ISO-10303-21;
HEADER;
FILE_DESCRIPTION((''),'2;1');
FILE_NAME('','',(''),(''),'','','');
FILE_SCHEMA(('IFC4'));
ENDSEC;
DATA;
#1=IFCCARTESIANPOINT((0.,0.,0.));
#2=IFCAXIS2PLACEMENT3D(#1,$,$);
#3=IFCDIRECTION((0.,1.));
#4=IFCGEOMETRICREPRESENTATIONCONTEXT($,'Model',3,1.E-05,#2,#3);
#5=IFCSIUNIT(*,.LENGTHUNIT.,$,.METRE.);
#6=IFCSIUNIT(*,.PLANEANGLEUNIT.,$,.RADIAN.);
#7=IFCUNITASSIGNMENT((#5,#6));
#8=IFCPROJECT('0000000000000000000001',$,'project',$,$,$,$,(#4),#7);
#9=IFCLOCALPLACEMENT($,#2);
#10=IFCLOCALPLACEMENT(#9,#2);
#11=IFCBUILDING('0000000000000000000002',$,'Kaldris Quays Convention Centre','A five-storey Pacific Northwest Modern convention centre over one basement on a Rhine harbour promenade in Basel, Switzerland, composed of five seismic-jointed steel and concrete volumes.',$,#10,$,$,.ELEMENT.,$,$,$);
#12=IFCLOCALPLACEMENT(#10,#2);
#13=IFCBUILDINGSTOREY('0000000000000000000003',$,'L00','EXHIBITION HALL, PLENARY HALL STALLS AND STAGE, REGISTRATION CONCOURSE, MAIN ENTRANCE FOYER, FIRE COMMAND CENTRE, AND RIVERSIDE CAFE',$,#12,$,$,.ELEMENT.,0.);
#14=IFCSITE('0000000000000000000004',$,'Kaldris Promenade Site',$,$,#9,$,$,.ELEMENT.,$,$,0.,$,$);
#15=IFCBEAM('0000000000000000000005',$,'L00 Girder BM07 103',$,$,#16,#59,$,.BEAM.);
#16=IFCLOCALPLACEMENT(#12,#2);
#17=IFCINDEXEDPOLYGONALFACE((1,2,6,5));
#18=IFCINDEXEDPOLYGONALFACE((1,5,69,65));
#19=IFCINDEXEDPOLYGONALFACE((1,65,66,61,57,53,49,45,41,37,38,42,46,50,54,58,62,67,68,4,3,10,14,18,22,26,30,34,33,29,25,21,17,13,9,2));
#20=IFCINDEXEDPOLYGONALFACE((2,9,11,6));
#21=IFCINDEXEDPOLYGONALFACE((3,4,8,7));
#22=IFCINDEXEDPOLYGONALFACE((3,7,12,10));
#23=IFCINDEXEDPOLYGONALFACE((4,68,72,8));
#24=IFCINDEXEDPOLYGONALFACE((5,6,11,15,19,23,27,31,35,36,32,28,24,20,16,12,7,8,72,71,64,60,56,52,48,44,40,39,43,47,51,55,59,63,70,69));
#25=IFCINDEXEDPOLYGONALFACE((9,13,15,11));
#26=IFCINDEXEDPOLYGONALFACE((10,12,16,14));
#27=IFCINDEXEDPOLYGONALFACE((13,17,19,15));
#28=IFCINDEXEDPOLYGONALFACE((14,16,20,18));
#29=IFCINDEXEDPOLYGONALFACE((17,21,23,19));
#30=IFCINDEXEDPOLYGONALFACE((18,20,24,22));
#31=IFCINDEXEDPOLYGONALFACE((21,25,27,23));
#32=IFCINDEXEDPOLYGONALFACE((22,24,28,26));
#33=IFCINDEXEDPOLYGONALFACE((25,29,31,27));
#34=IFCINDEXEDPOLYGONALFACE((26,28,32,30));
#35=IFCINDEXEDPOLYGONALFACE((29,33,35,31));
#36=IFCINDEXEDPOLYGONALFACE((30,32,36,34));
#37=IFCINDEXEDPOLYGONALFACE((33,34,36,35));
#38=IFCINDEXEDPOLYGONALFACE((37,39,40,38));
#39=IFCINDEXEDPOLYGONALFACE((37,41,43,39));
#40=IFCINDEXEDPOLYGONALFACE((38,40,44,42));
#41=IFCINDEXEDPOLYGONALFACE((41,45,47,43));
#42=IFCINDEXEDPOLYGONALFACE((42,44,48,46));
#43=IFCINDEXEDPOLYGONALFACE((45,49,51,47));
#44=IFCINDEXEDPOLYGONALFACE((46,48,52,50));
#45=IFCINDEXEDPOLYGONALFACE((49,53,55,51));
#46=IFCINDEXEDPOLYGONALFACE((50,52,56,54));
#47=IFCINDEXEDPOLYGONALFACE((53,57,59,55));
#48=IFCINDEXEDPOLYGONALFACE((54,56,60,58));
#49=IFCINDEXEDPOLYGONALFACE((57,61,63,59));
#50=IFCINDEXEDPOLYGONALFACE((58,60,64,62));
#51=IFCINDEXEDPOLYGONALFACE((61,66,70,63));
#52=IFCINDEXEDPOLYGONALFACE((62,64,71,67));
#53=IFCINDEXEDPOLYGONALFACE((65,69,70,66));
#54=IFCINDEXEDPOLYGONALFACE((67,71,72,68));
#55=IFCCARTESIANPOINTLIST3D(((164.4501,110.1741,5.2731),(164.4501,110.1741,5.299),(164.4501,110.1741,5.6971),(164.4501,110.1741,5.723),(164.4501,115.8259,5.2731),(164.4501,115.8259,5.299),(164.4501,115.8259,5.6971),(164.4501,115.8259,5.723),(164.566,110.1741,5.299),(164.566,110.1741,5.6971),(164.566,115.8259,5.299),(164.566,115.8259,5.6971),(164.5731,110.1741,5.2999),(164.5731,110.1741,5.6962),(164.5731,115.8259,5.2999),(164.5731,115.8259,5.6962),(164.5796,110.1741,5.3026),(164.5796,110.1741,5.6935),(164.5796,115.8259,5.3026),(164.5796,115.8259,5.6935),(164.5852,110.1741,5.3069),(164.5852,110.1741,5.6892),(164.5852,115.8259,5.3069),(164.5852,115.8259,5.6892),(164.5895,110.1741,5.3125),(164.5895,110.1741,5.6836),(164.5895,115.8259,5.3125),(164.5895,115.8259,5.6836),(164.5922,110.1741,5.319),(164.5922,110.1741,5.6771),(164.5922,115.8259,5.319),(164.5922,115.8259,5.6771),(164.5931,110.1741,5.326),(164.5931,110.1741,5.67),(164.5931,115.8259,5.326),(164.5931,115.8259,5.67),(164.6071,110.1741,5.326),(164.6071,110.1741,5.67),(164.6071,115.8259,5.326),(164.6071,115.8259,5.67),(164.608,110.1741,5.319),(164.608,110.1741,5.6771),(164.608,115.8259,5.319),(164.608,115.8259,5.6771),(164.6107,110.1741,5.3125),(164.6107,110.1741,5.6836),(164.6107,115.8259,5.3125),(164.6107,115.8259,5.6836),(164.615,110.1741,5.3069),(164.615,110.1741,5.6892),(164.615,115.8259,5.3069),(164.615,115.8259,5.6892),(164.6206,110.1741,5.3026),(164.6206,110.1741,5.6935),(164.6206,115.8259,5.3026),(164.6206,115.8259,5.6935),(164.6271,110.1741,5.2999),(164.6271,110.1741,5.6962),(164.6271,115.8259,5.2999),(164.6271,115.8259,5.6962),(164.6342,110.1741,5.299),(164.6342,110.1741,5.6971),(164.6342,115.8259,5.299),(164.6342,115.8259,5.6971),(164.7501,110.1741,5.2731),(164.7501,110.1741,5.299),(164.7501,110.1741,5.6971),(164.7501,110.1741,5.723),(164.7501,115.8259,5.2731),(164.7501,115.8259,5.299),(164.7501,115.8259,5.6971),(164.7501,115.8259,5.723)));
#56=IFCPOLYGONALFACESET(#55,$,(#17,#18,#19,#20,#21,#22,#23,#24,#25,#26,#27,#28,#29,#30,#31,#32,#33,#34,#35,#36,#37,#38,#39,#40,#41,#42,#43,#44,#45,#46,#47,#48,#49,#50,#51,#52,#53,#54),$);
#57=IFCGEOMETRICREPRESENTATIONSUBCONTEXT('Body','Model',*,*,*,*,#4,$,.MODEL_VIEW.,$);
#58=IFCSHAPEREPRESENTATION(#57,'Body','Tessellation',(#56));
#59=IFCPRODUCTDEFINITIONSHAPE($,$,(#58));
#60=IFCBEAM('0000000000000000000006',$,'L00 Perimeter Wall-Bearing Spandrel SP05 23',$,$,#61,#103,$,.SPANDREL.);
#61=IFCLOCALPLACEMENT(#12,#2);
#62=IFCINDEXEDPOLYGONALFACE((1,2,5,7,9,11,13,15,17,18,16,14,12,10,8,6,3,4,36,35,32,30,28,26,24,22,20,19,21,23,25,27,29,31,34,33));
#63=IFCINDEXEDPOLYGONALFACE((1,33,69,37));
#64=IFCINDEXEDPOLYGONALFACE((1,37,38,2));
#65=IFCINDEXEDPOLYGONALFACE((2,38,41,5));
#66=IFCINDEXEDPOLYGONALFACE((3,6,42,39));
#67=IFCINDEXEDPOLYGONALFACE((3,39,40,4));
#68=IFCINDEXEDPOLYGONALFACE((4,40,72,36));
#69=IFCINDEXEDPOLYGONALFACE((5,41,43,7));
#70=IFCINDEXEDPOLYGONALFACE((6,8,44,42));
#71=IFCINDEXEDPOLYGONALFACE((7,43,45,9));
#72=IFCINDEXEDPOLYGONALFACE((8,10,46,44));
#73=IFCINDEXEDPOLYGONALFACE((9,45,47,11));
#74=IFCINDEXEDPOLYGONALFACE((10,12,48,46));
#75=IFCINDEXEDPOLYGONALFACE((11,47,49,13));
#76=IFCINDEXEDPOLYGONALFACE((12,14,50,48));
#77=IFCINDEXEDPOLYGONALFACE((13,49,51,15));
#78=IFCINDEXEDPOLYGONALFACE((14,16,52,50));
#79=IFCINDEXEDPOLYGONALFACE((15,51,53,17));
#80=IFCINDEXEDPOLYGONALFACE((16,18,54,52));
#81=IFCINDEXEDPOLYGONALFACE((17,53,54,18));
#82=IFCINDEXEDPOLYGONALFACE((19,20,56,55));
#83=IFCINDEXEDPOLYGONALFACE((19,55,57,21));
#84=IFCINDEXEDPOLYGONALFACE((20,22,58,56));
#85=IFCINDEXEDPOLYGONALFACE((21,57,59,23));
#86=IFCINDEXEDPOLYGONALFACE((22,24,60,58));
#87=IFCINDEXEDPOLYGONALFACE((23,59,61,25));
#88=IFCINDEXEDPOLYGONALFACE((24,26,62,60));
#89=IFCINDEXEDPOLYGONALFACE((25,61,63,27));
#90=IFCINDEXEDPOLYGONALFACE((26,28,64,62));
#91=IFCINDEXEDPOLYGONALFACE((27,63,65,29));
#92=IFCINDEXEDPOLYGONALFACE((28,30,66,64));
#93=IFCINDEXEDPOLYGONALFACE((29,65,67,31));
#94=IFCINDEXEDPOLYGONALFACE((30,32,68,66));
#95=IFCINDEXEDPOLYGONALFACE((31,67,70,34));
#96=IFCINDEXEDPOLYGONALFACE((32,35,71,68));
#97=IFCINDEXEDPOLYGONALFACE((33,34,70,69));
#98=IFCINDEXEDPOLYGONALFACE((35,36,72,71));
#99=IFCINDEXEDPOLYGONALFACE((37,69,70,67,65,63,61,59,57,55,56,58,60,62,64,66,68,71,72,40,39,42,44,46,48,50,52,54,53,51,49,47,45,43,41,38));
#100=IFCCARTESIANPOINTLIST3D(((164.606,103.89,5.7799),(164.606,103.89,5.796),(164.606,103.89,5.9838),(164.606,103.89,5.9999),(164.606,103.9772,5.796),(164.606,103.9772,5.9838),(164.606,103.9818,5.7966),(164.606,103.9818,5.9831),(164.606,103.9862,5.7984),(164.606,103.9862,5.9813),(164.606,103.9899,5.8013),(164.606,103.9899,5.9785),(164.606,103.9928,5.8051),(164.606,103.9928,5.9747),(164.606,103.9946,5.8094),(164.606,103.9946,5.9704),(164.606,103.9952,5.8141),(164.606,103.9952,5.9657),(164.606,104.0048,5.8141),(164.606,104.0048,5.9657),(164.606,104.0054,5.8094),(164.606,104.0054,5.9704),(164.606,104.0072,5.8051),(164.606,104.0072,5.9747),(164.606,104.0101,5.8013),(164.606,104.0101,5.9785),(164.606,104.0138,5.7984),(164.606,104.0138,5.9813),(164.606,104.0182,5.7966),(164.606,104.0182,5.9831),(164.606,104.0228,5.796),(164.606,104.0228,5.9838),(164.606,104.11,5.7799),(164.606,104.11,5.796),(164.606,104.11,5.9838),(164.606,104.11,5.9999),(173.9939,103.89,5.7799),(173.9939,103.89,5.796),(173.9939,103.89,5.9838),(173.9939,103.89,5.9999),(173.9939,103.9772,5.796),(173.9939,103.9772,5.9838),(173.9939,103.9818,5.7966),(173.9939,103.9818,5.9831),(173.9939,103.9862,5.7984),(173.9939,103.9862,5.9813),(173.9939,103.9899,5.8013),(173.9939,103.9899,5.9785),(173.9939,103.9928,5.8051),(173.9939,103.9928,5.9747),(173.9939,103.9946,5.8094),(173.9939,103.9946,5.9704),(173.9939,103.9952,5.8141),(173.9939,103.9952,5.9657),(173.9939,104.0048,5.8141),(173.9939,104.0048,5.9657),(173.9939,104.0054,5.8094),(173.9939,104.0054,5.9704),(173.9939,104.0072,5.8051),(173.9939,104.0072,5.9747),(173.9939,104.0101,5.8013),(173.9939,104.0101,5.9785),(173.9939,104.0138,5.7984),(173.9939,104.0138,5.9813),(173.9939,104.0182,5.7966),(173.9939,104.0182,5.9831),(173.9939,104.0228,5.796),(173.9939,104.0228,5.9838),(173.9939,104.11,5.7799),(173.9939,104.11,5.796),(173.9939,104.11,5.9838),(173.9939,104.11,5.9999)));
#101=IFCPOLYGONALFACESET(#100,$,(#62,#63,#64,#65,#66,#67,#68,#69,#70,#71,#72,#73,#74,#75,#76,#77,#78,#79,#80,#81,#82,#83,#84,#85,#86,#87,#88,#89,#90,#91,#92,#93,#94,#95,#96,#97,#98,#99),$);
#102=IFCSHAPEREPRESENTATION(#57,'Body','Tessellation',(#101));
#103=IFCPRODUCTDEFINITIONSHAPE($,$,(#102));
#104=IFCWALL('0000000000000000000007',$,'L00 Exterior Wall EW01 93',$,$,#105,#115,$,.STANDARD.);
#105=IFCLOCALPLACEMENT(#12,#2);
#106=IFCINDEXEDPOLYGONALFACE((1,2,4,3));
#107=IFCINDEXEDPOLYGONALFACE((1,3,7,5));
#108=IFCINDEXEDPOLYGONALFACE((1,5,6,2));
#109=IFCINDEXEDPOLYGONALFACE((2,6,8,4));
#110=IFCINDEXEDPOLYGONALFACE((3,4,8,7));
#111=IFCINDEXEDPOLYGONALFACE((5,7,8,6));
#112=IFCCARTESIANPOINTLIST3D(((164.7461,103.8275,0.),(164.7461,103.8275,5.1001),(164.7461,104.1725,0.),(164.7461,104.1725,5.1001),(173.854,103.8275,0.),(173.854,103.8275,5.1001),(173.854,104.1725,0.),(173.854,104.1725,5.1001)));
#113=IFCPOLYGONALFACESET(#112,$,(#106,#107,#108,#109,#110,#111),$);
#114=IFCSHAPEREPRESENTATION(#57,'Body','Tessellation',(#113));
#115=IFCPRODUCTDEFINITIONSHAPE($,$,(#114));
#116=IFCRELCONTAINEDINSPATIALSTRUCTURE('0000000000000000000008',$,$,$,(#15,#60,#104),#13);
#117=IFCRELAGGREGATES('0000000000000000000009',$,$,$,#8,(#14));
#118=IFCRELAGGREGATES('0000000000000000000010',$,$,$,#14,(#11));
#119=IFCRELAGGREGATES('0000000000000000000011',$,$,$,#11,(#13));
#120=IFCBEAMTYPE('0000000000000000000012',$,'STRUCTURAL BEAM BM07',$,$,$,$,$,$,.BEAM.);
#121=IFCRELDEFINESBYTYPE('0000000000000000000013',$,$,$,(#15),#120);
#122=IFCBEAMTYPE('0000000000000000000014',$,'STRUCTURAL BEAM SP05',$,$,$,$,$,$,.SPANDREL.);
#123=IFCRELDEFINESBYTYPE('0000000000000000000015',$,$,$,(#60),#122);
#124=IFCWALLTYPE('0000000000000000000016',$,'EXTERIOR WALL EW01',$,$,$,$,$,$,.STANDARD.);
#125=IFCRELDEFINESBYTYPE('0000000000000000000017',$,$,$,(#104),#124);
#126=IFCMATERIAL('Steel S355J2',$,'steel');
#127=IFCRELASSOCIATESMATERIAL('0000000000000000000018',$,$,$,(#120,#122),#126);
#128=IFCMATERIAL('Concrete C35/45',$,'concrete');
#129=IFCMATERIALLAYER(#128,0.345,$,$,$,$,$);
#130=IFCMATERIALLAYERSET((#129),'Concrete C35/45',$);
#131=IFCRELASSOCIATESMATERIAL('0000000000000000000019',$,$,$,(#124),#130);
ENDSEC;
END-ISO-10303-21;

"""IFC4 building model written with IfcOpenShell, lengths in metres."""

from ifc_helpers import new_model, si_unit, direction, frame, frame_2d, origin, origin_2d, place, context, subcontext, project, spatial, rectangle, i_section, extrude, material, layer, layer_set, material_profile, profile_set, type_object, element, save


model = new_model("IFC4")

# Units and contexts
model_context = context("Model", 3, precision=1e-05, world=origin(), true_north=direction((0.0, 1.0)))
body_context = subcontext(model_context, "Body", "Model", "MODEL_VIEW")
ifc_project = project(units=[si_unit("LENGTHUNIT", "METRE"), si_unit("PLANEANGLEUNIT", "RADIAN")], contexts=[model_context])

# Site, building, storey
site_placement = place(None, origin())
site = spatial("IfcSite", under=ifc_project, at=site_placement, Name="Kaldris Promenade Site", CompositionType="ELEMENT", RefElevation=0.0)
building_placement = place(site_placement, origin())
building = spatial("IfcBuilding", under=site, at=building_placement, Name="Kaldris Quays Convention Centre", Description="A five-storey Pacific Northwest Modern convention centre over one basement on a Rhine harbour promenade in Basel, Switzerland, composed of five seismic-jointed steel and concrete volumes.", CompositionType="ELEMENT")
storey_placement = place(building_placement, origin())
storey = spatial("IfcBuildingStorey", under=building, at=storey_placement, Name="L00", Description="EXHIBITION HALL, PLENARY HALL STALLS AND STAGE, REGISTRATION CONCOURSE, MAIN ENTRANCE FOYER, FIRE COMMAND CENTRE, AND RIVERSIDE CAFE", CompositionType="ELEMENT", Elevation=0.0)

# Shared definitions
ifc_material_1 = material(Name="Steel S355J2", Category="steel")

# Beams
ifc_material_profile_1 = material_profile(ifc_material_1, i_section(OverallWidth=0.3, OverallDepth=0.45, WebThickness=0.0139, FlangeThickness=0.0259, FilletRadius=0.0271, at=origin_2d()), Name="HEB 450")
ifc_profile_set_1 = profile_set([ifc_material_profile_1], Name="Steel S355J2")
beam_type_1 = type_object("IfcBeamType", Name="STRUCTURAL BEAM BM07", PredefinedType="BEAM", material=ifc_profile_set_1)
beam_1_placement = place(storey_placement, frame((164.6001, 110.1741, 5.498), z_axis=(0.0, 1.0, 0.0), x_axis=(-1.0, 0.0, 0.0)))
element("IfcBeam", 1, at=beam_1_placement, inside=storey, type_object=beam_type_1, Name="L00 Girder BM07 103", PredefinedType="BEAM", context=body_context, shape_type="SweptSolid", body=[
    extrude(i_section(OverallWidth=0.3, OverallDepth=0.45, WebThickness=0.0139, FlangeThickness=0.0259, FilletRadius=0.0271, at=origin_2d()), origin(), (0.0, 0.0, 1.0), 5.6519),
])
ifc_material_profile_2 = material_profile(ifc_material_1, i_section(OverallWidth=0.22, OverallDepth=0.22, WebThickness=0.0095, FlangeThickness=0.0161, FilletRadius=0.0181, at=origin_2d()), Name="HEB 220")
ifc_profile_set_2 = profile_set([ifc_material_profile_2], Name="Steel S355J2")
beam_type_2 = type_object("IfcBeamType", Name="STRUCTURAL BEAM SP05", PredefinedType="SPANDREL", material=ifc_profile_set_2)
beam_2_placement = place(storey_placement, frame((164.606, 104.0, 5.8899), z_axis=(1.0, 0.0, 0.0), x_axis=(0.0, 1.0, 0.0)))
element("IfcBeam", 2, at=beam_2_placement, inside=storey, type_object=beam_type_2, Name="L00 Perimeter Wall-Bearing Spandrel SP05 23", PredefinedType="SPANDREL", context=body_context, shape_type="SweptSolid", body=[
    extrude(i_section(OverallWidth=0.22, OverallDepth=0.22, WebThickness=0.0095, FlangeThickness=0.0161, FilletRadius=0.0181, at=origin_2d()), origin(), (0.0, 0.0, 1.0), 9.3879),
])

# Wall
ifc_material_2 = material(Name="Concrete C35/45", Category="concrete")
ifc_layer = layer(ifc_material_2, 0.345)
ifc_layer_set = layer_set([ifc_layer], Name="Concrete C35/45")
wall_type = type_object("IfcWallType", Name="EXTERIOR WALL EW01", PredefinedType="STANDARD", material=ifc_layer_set)
wall_placement = place(storey_placement, frame((164.7461, 104.0, 0.0), z_axis=(0.0, 0.0, 1.0), x_axis=(1.0, 0.0, 0.0)))
element("IfcWall", 3, at=wall_placement, inside=storey, type_object=wall_type, Name="L00 Exterior Wall EW01 93", PredefinedType="STANDARD", context=body_context, shape_type="SweptSolid", body=[
    extrude(rectangle(XDim=9.1079, YDim=0.345, at=frame_2d((4.554, 0.0))), origin(), (0.0, 0.0, 1.0), 5.1001),
])

save(model, "model.ifc")
